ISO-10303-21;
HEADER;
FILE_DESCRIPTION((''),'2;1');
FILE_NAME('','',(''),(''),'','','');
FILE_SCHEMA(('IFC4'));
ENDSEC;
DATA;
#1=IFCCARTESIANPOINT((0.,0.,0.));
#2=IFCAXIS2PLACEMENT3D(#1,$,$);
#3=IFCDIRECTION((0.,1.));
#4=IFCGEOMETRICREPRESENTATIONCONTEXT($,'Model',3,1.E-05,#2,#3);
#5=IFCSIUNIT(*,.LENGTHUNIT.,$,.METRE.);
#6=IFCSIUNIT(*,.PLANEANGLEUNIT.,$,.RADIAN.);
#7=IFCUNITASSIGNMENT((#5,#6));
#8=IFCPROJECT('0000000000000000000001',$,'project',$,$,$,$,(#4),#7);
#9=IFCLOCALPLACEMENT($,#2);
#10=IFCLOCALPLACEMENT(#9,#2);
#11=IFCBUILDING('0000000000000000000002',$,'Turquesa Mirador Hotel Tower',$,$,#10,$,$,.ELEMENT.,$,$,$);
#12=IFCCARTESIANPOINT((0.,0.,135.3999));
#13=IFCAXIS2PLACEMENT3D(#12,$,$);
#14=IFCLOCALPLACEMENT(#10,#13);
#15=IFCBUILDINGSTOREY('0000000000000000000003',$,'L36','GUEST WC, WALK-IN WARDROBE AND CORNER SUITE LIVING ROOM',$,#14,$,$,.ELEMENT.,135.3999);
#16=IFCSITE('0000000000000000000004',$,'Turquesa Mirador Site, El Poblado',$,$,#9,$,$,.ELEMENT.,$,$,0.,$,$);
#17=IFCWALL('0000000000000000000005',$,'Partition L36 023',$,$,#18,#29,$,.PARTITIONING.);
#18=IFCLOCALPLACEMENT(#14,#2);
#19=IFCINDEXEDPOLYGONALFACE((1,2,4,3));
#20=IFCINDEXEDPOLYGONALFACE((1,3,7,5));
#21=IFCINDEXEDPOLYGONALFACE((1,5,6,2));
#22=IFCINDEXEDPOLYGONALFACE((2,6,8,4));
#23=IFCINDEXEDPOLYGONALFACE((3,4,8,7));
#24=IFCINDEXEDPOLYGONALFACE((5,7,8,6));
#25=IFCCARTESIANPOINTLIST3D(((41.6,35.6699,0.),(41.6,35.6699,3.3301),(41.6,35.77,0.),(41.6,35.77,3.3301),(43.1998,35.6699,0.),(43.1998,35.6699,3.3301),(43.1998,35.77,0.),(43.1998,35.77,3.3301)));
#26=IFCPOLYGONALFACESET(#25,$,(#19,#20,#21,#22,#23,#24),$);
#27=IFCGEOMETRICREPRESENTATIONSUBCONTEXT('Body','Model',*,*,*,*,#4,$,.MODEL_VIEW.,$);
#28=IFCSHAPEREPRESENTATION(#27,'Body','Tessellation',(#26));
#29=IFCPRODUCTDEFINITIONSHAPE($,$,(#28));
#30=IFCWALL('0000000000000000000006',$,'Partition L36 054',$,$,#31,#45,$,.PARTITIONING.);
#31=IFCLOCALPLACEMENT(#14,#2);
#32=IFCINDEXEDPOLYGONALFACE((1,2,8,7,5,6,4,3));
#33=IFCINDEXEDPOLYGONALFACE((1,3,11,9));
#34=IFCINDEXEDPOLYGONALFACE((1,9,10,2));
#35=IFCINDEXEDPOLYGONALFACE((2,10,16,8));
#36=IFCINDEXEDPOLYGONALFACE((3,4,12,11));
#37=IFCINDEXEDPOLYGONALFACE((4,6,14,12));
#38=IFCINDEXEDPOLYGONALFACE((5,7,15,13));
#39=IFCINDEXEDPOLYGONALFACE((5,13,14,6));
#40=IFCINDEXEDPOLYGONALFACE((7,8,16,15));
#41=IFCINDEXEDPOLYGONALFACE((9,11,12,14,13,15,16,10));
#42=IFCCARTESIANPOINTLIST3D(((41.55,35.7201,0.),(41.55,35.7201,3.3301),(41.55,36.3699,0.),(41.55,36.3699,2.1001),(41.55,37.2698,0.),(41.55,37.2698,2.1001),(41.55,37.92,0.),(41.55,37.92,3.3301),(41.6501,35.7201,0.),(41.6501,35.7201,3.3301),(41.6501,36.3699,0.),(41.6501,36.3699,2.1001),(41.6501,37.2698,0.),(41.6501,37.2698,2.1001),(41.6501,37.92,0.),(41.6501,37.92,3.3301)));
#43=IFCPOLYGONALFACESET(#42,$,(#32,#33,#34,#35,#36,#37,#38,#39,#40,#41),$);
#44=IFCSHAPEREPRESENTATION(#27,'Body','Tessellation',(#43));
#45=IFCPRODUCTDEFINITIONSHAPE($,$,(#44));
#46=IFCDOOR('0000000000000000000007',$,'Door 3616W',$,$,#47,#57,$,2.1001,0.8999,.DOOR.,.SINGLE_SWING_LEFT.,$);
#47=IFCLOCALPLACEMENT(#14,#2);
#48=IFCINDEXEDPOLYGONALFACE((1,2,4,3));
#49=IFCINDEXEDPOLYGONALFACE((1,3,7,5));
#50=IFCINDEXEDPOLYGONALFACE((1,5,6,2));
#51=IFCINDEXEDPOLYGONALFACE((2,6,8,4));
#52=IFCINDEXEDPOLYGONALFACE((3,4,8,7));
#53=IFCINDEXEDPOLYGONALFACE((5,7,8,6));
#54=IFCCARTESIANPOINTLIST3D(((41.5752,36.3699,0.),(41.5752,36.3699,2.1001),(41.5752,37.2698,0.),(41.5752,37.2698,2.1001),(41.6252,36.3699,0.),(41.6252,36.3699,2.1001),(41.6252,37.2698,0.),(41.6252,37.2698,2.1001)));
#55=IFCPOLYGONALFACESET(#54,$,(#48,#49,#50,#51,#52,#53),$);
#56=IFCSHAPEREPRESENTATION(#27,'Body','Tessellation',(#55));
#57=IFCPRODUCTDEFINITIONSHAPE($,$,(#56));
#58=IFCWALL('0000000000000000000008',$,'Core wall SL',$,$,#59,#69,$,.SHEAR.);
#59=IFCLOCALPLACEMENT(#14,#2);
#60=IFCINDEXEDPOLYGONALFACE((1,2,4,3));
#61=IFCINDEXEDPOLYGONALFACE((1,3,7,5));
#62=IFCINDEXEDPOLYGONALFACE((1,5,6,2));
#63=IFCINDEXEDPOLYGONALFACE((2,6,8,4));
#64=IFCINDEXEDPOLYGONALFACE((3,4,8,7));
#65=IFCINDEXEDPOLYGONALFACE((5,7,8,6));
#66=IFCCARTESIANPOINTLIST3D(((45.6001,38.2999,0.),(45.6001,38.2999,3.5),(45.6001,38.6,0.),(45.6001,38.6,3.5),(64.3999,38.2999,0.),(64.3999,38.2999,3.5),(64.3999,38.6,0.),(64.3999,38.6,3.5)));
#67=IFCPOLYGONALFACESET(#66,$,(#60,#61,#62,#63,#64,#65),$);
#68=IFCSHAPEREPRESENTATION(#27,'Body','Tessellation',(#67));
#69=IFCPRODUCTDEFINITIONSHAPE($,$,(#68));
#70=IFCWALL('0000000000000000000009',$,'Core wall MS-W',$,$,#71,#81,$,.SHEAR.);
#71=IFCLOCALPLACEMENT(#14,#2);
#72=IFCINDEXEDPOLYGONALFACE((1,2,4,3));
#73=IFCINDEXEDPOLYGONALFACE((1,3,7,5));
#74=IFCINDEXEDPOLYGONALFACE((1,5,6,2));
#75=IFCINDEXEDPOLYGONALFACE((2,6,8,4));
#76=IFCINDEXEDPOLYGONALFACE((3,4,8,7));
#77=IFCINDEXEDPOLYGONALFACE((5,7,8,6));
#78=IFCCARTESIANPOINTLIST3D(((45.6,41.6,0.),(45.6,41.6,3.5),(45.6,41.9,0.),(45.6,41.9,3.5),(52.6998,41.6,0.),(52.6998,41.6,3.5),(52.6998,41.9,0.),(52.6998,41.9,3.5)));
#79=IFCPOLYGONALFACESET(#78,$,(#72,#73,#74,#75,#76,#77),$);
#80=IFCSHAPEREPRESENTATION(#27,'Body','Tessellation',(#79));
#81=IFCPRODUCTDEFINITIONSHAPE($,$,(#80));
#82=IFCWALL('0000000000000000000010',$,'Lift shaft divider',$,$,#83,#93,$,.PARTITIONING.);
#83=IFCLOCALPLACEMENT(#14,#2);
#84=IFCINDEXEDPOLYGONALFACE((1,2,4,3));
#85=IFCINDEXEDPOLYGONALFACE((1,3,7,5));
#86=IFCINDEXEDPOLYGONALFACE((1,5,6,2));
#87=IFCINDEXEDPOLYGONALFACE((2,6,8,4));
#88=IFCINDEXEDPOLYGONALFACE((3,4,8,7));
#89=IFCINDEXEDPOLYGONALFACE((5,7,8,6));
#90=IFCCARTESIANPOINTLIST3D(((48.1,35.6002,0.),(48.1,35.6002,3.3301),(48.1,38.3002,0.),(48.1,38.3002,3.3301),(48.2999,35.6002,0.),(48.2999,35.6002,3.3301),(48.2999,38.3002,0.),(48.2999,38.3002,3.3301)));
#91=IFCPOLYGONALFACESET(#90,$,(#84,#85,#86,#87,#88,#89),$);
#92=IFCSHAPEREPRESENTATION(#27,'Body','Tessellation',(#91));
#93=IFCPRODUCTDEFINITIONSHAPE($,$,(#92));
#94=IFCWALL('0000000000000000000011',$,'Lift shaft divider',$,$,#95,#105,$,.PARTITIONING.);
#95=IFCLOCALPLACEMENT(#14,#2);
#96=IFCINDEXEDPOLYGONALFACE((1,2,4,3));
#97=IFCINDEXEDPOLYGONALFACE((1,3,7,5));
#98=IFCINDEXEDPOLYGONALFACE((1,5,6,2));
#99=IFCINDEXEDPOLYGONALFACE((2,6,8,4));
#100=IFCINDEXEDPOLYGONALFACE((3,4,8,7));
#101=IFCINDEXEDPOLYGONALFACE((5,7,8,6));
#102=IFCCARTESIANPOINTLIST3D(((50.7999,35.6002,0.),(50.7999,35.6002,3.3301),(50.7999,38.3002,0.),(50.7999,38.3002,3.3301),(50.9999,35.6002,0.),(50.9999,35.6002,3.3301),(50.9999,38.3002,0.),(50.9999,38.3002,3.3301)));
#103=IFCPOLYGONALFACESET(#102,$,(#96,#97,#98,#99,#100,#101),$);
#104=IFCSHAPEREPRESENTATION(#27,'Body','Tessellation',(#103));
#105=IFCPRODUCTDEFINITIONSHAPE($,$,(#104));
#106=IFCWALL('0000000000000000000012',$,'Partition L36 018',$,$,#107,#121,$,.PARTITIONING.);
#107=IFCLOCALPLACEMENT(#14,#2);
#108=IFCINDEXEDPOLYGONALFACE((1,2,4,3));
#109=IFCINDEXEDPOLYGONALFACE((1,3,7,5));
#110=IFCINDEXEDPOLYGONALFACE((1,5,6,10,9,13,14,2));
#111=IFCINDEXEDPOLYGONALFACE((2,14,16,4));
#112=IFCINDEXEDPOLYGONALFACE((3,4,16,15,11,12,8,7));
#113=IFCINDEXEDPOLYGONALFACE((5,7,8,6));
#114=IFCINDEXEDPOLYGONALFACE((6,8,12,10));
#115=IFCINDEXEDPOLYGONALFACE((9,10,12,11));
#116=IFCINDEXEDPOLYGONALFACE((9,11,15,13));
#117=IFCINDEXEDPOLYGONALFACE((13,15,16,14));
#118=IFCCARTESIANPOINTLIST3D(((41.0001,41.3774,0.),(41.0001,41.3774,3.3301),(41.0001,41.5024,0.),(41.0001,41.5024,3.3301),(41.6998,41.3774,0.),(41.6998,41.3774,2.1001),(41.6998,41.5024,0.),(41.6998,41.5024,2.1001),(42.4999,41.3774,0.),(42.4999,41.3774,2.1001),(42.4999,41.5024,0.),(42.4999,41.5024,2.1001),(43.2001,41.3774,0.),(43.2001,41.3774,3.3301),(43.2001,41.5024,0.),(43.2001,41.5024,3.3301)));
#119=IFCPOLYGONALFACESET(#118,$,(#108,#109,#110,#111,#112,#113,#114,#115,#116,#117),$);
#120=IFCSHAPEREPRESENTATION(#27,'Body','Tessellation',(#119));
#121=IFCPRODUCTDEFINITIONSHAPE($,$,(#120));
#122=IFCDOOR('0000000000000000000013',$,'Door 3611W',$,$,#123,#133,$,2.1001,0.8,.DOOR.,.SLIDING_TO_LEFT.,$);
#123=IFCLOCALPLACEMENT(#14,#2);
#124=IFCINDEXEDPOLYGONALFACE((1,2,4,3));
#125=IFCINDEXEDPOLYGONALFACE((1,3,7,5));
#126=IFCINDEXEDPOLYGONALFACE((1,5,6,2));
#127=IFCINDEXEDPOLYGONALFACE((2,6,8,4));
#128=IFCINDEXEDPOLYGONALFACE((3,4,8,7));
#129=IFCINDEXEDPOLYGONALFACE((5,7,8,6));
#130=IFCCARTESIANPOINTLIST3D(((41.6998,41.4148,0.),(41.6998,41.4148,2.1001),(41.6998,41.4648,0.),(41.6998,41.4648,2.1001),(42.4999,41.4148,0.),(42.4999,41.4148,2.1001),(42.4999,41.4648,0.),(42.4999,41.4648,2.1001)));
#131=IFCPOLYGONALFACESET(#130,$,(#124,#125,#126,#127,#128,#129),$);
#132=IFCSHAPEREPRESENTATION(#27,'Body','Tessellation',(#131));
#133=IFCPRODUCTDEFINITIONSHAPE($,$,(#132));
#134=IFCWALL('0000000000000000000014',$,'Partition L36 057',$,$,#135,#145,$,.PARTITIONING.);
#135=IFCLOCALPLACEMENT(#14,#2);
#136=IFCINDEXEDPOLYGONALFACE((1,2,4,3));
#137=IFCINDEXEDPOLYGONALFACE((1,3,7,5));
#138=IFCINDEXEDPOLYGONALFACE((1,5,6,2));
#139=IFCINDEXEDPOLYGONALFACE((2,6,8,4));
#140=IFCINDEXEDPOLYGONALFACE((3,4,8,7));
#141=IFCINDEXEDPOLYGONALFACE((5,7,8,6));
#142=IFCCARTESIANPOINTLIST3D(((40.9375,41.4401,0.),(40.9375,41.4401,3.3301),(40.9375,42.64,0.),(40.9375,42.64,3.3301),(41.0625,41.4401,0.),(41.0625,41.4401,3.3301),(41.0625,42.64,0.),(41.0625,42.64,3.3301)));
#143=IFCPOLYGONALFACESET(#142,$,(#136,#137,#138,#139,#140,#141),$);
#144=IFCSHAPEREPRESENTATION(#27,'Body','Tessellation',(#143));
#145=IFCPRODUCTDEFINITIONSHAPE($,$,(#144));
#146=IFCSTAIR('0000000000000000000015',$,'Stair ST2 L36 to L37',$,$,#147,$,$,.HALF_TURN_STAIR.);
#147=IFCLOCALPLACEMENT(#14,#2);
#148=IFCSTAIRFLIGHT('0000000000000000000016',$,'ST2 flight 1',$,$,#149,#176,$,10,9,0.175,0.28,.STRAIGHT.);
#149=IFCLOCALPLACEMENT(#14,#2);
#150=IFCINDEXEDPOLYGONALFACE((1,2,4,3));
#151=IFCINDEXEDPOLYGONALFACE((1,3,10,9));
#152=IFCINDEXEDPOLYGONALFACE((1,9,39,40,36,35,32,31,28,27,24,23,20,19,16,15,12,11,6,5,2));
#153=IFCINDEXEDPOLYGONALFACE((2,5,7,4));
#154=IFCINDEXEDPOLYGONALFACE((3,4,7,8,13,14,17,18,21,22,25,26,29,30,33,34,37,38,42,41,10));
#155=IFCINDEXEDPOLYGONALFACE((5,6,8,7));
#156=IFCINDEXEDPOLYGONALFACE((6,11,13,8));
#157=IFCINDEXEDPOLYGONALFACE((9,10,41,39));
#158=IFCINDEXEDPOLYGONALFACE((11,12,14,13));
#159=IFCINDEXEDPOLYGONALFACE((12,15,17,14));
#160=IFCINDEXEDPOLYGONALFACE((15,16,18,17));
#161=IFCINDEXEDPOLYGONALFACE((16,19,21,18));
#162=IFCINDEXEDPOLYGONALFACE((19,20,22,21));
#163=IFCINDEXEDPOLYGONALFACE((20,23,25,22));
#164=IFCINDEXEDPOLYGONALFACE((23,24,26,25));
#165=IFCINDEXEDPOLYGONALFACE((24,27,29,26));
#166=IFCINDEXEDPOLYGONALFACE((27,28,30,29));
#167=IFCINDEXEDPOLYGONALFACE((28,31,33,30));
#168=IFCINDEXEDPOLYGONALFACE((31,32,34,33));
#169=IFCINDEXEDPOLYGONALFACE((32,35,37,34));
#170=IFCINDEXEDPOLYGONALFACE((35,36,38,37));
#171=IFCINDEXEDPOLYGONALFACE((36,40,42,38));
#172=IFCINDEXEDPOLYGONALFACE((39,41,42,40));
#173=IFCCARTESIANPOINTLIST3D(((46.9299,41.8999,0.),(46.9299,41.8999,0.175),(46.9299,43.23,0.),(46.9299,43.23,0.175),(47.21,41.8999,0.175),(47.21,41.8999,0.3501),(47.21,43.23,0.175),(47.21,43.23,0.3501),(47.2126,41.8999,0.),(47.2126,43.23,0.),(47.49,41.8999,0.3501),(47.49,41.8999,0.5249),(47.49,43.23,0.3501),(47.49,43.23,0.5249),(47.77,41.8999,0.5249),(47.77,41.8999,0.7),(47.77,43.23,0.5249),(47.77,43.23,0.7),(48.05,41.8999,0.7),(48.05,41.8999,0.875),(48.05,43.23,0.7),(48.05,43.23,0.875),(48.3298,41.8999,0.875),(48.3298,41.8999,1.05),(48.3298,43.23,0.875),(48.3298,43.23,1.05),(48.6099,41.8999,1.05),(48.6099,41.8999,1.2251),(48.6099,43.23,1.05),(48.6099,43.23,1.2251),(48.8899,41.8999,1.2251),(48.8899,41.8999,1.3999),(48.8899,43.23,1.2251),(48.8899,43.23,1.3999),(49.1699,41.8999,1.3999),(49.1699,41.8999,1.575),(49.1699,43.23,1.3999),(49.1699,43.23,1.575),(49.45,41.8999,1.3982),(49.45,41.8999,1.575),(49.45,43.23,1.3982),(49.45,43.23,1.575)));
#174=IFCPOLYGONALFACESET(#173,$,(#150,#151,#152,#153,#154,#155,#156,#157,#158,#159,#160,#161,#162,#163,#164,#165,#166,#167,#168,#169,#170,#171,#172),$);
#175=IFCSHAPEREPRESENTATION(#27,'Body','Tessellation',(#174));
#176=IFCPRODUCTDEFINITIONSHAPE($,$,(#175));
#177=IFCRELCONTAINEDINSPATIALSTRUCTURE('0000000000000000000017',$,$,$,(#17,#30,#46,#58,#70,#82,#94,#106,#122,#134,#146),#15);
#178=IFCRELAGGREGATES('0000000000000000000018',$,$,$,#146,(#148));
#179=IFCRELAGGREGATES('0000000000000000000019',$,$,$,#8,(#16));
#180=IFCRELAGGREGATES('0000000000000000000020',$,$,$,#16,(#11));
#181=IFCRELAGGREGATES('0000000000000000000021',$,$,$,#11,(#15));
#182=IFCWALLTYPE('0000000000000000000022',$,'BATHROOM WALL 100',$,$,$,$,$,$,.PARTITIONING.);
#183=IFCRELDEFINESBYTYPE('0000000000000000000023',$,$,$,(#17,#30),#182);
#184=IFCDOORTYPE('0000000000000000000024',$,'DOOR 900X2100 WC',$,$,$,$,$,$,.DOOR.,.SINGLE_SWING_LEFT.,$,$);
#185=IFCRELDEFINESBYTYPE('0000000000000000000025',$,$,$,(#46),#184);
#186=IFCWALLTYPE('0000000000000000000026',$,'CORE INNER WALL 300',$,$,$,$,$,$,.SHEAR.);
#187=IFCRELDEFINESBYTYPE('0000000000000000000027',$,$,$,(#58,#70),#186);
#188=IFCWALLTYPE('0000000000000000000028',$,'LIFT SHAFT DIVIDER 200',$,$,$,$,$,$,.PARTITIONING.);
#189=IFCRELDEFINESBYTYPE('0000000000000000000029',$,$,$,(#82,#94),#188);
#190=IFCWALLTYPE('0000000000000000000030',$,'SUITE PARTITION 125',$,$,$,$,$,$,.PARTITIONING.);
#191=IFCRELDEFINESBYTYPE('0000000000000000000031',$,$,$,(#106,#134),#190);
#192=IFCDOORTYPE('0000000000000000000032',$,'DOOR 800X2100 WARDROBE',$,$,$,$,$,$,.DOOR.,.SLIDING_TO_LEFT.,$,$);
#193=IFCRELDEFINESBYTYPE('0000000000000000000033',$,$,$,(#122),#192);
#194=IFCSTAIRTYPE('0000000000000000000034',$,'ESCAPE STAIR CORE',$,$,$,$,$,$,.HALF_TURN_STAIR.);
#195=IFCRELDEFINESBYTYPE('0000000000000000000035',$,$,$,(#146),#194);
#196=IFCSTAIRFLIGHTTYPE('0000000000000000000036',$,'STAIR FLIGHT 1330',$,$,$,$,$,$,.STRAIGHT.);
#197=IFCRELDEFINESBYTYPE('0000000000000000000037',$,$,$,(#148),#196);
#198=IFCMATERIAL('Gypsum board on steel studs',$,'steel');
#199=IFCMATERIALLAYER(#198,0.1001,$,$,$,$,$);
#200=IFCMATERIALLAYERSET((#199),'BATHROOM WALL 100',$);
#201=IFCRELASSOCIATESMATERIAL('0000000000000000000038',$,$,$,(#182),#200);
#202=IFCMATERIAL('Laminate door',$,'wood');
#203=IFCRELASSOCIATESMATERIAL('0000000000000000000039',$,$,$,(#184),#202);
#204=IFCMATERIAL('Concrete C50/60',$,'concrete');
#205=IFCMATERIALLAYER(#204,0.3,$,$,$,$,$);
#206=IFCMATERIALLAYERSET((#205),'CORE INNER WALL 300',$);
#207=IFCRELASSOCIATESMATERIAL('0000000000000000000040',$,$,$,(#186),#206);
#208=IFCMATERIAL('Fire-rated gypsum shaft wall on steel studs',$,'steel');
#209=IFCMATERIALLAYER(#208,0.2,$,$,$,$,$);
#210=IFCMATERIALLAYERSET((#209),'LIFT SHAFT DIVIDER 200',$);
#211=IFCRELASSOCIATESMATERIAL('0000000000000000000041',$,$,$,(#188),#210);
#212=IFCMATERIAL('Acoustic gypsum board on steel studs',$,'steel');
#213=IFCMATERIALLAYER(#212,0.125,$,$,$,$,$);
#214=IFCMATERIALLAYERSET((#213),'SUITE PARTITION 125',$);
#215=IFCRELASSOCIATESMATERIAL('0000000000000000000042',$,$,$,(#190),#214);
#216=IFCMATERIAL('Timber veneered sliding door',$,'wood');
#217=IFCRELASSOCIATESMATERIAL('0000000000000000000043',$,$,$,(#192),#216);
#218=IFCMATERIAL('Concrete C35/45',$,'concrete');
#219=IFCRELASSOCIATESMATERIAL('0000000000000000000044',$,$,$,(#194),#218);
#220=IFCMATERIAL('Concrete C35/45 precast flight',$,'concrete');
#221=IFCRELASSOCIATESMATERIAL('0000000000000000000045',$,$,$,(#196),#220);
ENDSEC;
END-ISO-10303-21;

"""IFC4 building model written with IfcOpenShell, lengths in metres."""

from ifc_helpers import new_model, si_unit, direction, frame, frame_2d, origin, place, context, subcontext, project, spatial, polyline, rectangle, outline, extrude, material, layer, layer_set, type_object, element, fill, aggregate, save


model = new_model("IFC4")

# Units and contexts
model_context = context("Model", 3, precision=1e-05, world=origin(), true_north=direction((0.0, 1.0)))
body_context = subcontext(model_context, "Body", "Model", "MODEL_VIEW")
ifc_project = project(units=[si_unit("LENGTHUNIT", "METRE"), si_unit("PLANEANGLEUNIT", "RADIAN")], contexts=[model_context])

# Site, building, storey
site_placement = place(None, origin())
site = spatial("IfcSite", under=ifc_project, at=site_placement, Name="Turquesa Mirador Site, El Poblado", CompositionType="ELEMENT", RefElevation=0.0)
building_placement = place(site_placement, origin())
building = spatial("IfcBuilding", under=site, at=building_placement, Name="Turquesa Mirador Hotel Tower", CompositionType="ELEMENT")
storey_placement = place(building_placement, frame((0.0, 0.0, 135.3999)))
storey = spatial("IfcBuildingStorey", under=building, at=storey_placement, Name="L36", Description="GUEST WC, WALK-IN WARDROBE AND CORNER SUITE LIVING ROOM", CompositionType="ELEMENT", Elevation=135.3999)

# Wall
ifc_material_1 = material(Name="Gypsum board on steel studs", Category="steel")
ifc_layer_1 = layer(ifc_material_1, 0.1001)
ifc_layer_set_1 = layer_set([ifc_layer_1], Name="BATHROOM WALL 100")
wall_type_1 = type_object("IfcWallType", Name="BATHROOM WALL 100", PredefinedType="PARTITIONING", material=ifc_layer_set_1)
wall_1_placement = place(storey_placement, frame((41.6001, 35.72, 0.0), z_axis=(0.0, 0.0, 1.0), x_axis=(1.0, 0.0, 0.0)))
element("IfcWall", 1, at=wall_1_placement, inside=storey, type_object=wall_type_1, Name="Partition L36 023", PredefinedType="PARTITIONING", context=body_context, shape_type="SweptSolid", body=[
    extrude(rectangle(XDim=1.5999, YDim=0.1001, at=frame_2d((0.7998, 0.0))), origin(), (0.0, 0.0, 1.0), 3.3301),
])

# Wall, opening, door
wall_2_placement = place(storey_placement, frame((41.6001, 35.72, 0.0), z_axis=(0.0, 0.0, 1.0), x_axis=(0.0, 1.0, 0.0)))
wall_2 = element("IfcWall", 2, at=wall_2_placement, inside=storey, type_object=wall_type_1, Name="Partition L36 054", PredefinedType="PARTITIONING", context=body_context, shape_type="SweptSolid", body=[
    extrude(rectangle(XDim=2.2, YDim=0.1001, at=frame_2d((1.1001, 0.0))), origin(), (0.0, 0.0, 1.0), 3.3301),
])
opening_1_placement = place(wall_2_placement, frame((0.6499, 0.0, 0.0)))
opening_1 = element("IfcOpeningElement", 3, at=opening_1_placement, cuts=wall_2, PredefinedType="OPENING", context=body_context, shape_type="SweptSolid", body=[
    extrude(rectangle(XDim=0.8999, YDim=2.1001, at=frame_2d((0.45, 1.05))), frame((0.0, 0.0601, 0.0), z_axis=(0.0, -1.0, 0.0), x_axis=(1.0, 0.0, 0.0)), (0.0, 0.0, 1.0), 0.1201),
])
ifc_material_2 = material(Name="Laminate door", Category="wood")
door_type_1 = type_object("IfcDoorType", Name="DOOR 900X2100 WC", OperationType="SINGLE_SWING_LEFT", PredefinedType="DOOR", material=ifc_material_2)
door_1_placement = place(opening_1_placement, origin())
door_1 = element("IfcDoor", 4, at=door_1_placement, inside=storey, type_object=door_type_1, Name="Door 3616W", OperationType="SINGLE_SWING_LEFT", OverallHeight=2.1001, OverallWidth=0.8999, PredefinedType="DOOR", context=body_context, shape_type="SweptSolid", body=[
    extrude(rectangle(XDim=0.8999, YDim=2.1001, at=frame_2d((0.45, 1.05))), frame((0.0, 0.0249, 0.0), z_axis=(0.0, -1.0, 0.0), x_axis=(1.0, 0.0, 0.0)), (0.0, 0.0, 1.0), 0.05),
])
fill(opening_1, door_1)

# Walls
ifc_material_3 = material(Name="Concrete C50/60", Category="concrete")
ifc_layer_2 = layer(ifc_material_3, 0.3)
ifc_layer_set_2 = layer_set([ifc_layer_2], Name="CORE INNER WALL 300")
wall_type_2 = type_object("IfcWallType", Name="CORE INNER WALL 300", PredefinedType="SHEAR", material=ifc_layer_set_2)
wall_3_placement = place(storey_placement, frame((45.6001, 38.45, 0.0), z_axis=(0.0, 0.0, 1.0), x_axis=(1.0, 0.0, 0.0)))
element("IfcWall", 5, at=wall_3_placement, inside=storey, type_object=wall_type_2, Name="Core wall SL", PredefinedType="SHEAR", context=body_context, shape_type="SweptSolid", body=[
    extrude(rectangle(XDim=18.7998, YDim=0.3, at=frame_2d((9.3999, 0.0))), origin(), (0.0, 0.0, 1.0), 3.5),
])
wall_4_placement = place(storey_placement, frame((45.6001, 41.75, 0.0), z_axis=(0.0, 0.0, 1.0), x_axis=(1.0, 0.0, 0.0)))
element("IfcWall", 6, at=wall_4_placement, inside=storey, type_object=wall_type_2, Name="Core wall MS-W", PredefinedType="SHEAR", context=body_context, shape_type="SweptSolid", body=[
    extrude(rectangle(XDim=7.0999, YDim=0.3, at=frame_2d((3.5498, 0.0))), origin(), (0.0, 0.0, 1.0), 3.5),
])
ifc_material_4 = material(Name="Fire-rated gypsum shaft wall on steel studs", Category="steel")
ifc_layer_3 = layer(ifc_material_4, 0.2)
ifc_layer_set_3 = layer_set([ifc_layer_3], Name="LIFT SHAFT DIVIDER 200")
wall_type_3 = type_object("IfcWallType", Name="LIFT SHAFT DIVIDER 200", PredefinedType="PARTITIONING", material=ifc_layer_set_3)
for number, where, z_axis, x_axis, name in (
    (7, (48.2, 35.6001, 0.0), (0.0, 0.0, 1.0), (0.0, 1.0, 0.0), "Lift shaft divider"),
    (8, (50.8999, 35.6001, 0.0), (0.0, 0.0, 1.0), (0.0, 1.0, 0.0), "Lift shaft divider"),
):
    element("IfcWall", number, at=place(storey_placement, frame(where, z_axis=z_axis, x_axis=x_axis)), inside=storey, type_object=wall_type_3, Name=name, PredefinedType="PARTITIONING", context=body_context, shape_type="SweptSolid", body=[
        extrude(rectangle(XDim=2.7, YDim=0.2, at=frame_2d((1.3501, 0.0))), origin(), (0.0, 0.0, 1.0), 3.3301),
    ])

# Wall, opening, door
ifc_material_5 = material(Name="Acoustic gypsum board on steel studs", Category="steel")
ifc_layer_4 = layer(ifc_material_5, 0.125)
ifc_layer_set_4 = layer_set([ifc_layer_4], Name="SUITE PARTITION 125")
wall_type_4 = type_object("IfcWallType", Name="SUITE PARTITION 125", PredefinedType="PARTITIONING", material=ifc_layer_set_4)
wall_5_placement = place(storey_placement, frame((41.0, 41.4399, 0.0), z_axis=(0.0, 0.0, 1.0), x_axis=(1.0, 0.0, 0.0)))
wall_5 = element("IfcWall", 9, at=wall_5_placement, inside=storey, type_object=wall_type_4, Name="Partition L36 018", PredefinedType="PARTITIONING", context=body_context, shape_type="SweptSolid", body=[
    extrude(rectangle(XDim=2.2, YDim=0.125, at=frame_2d((1.1001, 0.0))), origin(), (0.0, 0.0, 1.0), 3.3301),
])
opening_2_placement = place(wall_5_placement, frame((0.7, 0.0, 0.0)))
opening_2 = element("IfcOpeningElement", 10, at=opening_2_placement, cuts=wall_5, PredefinedType="OPENING", context=body_context, shape_type="SweptSolid", body=[
    extrude(rectangle(XDim=0.8, YDim=2.1001, at=frame_2d((0.3999, 1.05))), frame((0.0, 0.0725, 0.0), z_axis=(0.0, -1.0, 0.0), x_axis=(1.0, 0.0, 0.0)), (0.0, 0.0, 1.0), 0.145),
])
ifc_material_6 = material(Name="Timber veneered sliding door", Category="wood")
door_type_2 = type_object("IfcDoorType", Name="DOOR 800X2100 WARDROBE", OperationType="SLIDING_TO_LEFT", PredefinedType="DOOR", material=ifc_material_6)
door_2_placement = place(opening_2_placement, origin())
door_2 = element("IfcDoor", 11, at=door_2_placement, inside=storey, type_object=door_type_2, Name="Door 3611W", OperationType="SLIDING_TO_LEFT", OverallHeight=2.1001, OverallWidth=0.8, PredefinedType="DOOR", context=body_context, shape_type="SweptSolid", body=[
    extrude(rectangle(XDim=0.8, YDim=2.1001, at=frame_2d((0.3999, 1.05))), frame((0.0, 0.0249, 0.0), z_axis=(0.0, -1.0, 0.0), x_axis=(1.0, 0.0, 0.0)), (0.0, 0.0, 1.0), 0.05),
])
fill(opening_2, door_2)

# Wall
wall_6_placement = place(storey_placement, frame((41.0, 41.4399, 0.0), z_axis=(0.0, 0.0, 1.0), x_axis=(0.0, 1.0, 0.0)))
element("IfcWall", 12, at=wall_6_placement, inside=storey, type_object=wall_type_4, Name="Partition L36 057", PredefinedType="PARTITIONING", context=body_context, shape_type="SweptSolid", body=[
    extrude(rectangle(XDim=1.2, YDim=0.125, at=frame_2d((0.6001, 0.0))), origin(), (0.0, 0.0, 1.0), 3.3301),
])

# Stair, stair flight
ifc_material_7 = material(Name="Concrete C35/45", Category="concrete")
stair_type = type_object("IfcStairType", Name="ESCAPE STAIR CORE", PredefinedType="HALF_TURN_STAIR", material=ifc_material_7)
stair_placement = place(storey_placement, origin())
stair = element("IfcStair", 13, at=stair_placement, inside=storey, type_object=stair_type, Name="Stair ST2 L36 to L37", PredefinedType="HALF_TURN_STAIR")
ifc_material_8 = material(Name="Concrete C35/45 precast flight", Category="concrete")
stair_flight_type = type_object("IfcStairFlightType", Name="STAIR FLIGHT 1330", PredefinedType="STRAIGHT", material=ifc_material_8)
stair_flight_placement = place(storey_placement, frame((46.9299, 42.5649, 0.0), z_axis=(0.0, 0.0, 1.0), x_axis=(1.0, 0.0, 0.0)))
stair_flight = element("IfcStairFlight", 14, at=stair_flight_placement, type_object=stair_flight_type, Name="ST2 flight 1", NumberOfRisers=10, NumberOfTreads=9, PredefinedType="STRAIGHT", RiserHeight=0.175, TreadLength=0.28, context=body_context, shape_type="SweptSolid", body=[
    extrude(outline(polyline([(0.0, 0.0), (0.0, 0.175), (0.28, 0.175), (0.28, 0.3501), (0.5601, 0.3501), (0.5601, 0.5249), (0.8401, 0.5249), (0.8401, 0.7), (1.1201, 0.7), (1.1201, 0.875), (1.3999, 0.875), (1.3999, 1.05), (1.6799, 1.05), (1.6799, 1.2251), (1.96, 1.2251), (1.96, 1.3999), (2.24, 1.3999), (2.24, 1.575), (2.52, 1.575), (2.52, 1.75), (2.52, 1.3982), (0.2827, 0.0), (0.0, 0.0)])), frame((0.0, 0.665, 0.0), z_axis=(0.0, -1.0, 0.0), x_axis=(1.0, 0.0, 0.0)), (0.0, 0.0, 1.0), 1.3301),
])
aggregate(stair, [stair_flight])

save(model, "model.ifc")
